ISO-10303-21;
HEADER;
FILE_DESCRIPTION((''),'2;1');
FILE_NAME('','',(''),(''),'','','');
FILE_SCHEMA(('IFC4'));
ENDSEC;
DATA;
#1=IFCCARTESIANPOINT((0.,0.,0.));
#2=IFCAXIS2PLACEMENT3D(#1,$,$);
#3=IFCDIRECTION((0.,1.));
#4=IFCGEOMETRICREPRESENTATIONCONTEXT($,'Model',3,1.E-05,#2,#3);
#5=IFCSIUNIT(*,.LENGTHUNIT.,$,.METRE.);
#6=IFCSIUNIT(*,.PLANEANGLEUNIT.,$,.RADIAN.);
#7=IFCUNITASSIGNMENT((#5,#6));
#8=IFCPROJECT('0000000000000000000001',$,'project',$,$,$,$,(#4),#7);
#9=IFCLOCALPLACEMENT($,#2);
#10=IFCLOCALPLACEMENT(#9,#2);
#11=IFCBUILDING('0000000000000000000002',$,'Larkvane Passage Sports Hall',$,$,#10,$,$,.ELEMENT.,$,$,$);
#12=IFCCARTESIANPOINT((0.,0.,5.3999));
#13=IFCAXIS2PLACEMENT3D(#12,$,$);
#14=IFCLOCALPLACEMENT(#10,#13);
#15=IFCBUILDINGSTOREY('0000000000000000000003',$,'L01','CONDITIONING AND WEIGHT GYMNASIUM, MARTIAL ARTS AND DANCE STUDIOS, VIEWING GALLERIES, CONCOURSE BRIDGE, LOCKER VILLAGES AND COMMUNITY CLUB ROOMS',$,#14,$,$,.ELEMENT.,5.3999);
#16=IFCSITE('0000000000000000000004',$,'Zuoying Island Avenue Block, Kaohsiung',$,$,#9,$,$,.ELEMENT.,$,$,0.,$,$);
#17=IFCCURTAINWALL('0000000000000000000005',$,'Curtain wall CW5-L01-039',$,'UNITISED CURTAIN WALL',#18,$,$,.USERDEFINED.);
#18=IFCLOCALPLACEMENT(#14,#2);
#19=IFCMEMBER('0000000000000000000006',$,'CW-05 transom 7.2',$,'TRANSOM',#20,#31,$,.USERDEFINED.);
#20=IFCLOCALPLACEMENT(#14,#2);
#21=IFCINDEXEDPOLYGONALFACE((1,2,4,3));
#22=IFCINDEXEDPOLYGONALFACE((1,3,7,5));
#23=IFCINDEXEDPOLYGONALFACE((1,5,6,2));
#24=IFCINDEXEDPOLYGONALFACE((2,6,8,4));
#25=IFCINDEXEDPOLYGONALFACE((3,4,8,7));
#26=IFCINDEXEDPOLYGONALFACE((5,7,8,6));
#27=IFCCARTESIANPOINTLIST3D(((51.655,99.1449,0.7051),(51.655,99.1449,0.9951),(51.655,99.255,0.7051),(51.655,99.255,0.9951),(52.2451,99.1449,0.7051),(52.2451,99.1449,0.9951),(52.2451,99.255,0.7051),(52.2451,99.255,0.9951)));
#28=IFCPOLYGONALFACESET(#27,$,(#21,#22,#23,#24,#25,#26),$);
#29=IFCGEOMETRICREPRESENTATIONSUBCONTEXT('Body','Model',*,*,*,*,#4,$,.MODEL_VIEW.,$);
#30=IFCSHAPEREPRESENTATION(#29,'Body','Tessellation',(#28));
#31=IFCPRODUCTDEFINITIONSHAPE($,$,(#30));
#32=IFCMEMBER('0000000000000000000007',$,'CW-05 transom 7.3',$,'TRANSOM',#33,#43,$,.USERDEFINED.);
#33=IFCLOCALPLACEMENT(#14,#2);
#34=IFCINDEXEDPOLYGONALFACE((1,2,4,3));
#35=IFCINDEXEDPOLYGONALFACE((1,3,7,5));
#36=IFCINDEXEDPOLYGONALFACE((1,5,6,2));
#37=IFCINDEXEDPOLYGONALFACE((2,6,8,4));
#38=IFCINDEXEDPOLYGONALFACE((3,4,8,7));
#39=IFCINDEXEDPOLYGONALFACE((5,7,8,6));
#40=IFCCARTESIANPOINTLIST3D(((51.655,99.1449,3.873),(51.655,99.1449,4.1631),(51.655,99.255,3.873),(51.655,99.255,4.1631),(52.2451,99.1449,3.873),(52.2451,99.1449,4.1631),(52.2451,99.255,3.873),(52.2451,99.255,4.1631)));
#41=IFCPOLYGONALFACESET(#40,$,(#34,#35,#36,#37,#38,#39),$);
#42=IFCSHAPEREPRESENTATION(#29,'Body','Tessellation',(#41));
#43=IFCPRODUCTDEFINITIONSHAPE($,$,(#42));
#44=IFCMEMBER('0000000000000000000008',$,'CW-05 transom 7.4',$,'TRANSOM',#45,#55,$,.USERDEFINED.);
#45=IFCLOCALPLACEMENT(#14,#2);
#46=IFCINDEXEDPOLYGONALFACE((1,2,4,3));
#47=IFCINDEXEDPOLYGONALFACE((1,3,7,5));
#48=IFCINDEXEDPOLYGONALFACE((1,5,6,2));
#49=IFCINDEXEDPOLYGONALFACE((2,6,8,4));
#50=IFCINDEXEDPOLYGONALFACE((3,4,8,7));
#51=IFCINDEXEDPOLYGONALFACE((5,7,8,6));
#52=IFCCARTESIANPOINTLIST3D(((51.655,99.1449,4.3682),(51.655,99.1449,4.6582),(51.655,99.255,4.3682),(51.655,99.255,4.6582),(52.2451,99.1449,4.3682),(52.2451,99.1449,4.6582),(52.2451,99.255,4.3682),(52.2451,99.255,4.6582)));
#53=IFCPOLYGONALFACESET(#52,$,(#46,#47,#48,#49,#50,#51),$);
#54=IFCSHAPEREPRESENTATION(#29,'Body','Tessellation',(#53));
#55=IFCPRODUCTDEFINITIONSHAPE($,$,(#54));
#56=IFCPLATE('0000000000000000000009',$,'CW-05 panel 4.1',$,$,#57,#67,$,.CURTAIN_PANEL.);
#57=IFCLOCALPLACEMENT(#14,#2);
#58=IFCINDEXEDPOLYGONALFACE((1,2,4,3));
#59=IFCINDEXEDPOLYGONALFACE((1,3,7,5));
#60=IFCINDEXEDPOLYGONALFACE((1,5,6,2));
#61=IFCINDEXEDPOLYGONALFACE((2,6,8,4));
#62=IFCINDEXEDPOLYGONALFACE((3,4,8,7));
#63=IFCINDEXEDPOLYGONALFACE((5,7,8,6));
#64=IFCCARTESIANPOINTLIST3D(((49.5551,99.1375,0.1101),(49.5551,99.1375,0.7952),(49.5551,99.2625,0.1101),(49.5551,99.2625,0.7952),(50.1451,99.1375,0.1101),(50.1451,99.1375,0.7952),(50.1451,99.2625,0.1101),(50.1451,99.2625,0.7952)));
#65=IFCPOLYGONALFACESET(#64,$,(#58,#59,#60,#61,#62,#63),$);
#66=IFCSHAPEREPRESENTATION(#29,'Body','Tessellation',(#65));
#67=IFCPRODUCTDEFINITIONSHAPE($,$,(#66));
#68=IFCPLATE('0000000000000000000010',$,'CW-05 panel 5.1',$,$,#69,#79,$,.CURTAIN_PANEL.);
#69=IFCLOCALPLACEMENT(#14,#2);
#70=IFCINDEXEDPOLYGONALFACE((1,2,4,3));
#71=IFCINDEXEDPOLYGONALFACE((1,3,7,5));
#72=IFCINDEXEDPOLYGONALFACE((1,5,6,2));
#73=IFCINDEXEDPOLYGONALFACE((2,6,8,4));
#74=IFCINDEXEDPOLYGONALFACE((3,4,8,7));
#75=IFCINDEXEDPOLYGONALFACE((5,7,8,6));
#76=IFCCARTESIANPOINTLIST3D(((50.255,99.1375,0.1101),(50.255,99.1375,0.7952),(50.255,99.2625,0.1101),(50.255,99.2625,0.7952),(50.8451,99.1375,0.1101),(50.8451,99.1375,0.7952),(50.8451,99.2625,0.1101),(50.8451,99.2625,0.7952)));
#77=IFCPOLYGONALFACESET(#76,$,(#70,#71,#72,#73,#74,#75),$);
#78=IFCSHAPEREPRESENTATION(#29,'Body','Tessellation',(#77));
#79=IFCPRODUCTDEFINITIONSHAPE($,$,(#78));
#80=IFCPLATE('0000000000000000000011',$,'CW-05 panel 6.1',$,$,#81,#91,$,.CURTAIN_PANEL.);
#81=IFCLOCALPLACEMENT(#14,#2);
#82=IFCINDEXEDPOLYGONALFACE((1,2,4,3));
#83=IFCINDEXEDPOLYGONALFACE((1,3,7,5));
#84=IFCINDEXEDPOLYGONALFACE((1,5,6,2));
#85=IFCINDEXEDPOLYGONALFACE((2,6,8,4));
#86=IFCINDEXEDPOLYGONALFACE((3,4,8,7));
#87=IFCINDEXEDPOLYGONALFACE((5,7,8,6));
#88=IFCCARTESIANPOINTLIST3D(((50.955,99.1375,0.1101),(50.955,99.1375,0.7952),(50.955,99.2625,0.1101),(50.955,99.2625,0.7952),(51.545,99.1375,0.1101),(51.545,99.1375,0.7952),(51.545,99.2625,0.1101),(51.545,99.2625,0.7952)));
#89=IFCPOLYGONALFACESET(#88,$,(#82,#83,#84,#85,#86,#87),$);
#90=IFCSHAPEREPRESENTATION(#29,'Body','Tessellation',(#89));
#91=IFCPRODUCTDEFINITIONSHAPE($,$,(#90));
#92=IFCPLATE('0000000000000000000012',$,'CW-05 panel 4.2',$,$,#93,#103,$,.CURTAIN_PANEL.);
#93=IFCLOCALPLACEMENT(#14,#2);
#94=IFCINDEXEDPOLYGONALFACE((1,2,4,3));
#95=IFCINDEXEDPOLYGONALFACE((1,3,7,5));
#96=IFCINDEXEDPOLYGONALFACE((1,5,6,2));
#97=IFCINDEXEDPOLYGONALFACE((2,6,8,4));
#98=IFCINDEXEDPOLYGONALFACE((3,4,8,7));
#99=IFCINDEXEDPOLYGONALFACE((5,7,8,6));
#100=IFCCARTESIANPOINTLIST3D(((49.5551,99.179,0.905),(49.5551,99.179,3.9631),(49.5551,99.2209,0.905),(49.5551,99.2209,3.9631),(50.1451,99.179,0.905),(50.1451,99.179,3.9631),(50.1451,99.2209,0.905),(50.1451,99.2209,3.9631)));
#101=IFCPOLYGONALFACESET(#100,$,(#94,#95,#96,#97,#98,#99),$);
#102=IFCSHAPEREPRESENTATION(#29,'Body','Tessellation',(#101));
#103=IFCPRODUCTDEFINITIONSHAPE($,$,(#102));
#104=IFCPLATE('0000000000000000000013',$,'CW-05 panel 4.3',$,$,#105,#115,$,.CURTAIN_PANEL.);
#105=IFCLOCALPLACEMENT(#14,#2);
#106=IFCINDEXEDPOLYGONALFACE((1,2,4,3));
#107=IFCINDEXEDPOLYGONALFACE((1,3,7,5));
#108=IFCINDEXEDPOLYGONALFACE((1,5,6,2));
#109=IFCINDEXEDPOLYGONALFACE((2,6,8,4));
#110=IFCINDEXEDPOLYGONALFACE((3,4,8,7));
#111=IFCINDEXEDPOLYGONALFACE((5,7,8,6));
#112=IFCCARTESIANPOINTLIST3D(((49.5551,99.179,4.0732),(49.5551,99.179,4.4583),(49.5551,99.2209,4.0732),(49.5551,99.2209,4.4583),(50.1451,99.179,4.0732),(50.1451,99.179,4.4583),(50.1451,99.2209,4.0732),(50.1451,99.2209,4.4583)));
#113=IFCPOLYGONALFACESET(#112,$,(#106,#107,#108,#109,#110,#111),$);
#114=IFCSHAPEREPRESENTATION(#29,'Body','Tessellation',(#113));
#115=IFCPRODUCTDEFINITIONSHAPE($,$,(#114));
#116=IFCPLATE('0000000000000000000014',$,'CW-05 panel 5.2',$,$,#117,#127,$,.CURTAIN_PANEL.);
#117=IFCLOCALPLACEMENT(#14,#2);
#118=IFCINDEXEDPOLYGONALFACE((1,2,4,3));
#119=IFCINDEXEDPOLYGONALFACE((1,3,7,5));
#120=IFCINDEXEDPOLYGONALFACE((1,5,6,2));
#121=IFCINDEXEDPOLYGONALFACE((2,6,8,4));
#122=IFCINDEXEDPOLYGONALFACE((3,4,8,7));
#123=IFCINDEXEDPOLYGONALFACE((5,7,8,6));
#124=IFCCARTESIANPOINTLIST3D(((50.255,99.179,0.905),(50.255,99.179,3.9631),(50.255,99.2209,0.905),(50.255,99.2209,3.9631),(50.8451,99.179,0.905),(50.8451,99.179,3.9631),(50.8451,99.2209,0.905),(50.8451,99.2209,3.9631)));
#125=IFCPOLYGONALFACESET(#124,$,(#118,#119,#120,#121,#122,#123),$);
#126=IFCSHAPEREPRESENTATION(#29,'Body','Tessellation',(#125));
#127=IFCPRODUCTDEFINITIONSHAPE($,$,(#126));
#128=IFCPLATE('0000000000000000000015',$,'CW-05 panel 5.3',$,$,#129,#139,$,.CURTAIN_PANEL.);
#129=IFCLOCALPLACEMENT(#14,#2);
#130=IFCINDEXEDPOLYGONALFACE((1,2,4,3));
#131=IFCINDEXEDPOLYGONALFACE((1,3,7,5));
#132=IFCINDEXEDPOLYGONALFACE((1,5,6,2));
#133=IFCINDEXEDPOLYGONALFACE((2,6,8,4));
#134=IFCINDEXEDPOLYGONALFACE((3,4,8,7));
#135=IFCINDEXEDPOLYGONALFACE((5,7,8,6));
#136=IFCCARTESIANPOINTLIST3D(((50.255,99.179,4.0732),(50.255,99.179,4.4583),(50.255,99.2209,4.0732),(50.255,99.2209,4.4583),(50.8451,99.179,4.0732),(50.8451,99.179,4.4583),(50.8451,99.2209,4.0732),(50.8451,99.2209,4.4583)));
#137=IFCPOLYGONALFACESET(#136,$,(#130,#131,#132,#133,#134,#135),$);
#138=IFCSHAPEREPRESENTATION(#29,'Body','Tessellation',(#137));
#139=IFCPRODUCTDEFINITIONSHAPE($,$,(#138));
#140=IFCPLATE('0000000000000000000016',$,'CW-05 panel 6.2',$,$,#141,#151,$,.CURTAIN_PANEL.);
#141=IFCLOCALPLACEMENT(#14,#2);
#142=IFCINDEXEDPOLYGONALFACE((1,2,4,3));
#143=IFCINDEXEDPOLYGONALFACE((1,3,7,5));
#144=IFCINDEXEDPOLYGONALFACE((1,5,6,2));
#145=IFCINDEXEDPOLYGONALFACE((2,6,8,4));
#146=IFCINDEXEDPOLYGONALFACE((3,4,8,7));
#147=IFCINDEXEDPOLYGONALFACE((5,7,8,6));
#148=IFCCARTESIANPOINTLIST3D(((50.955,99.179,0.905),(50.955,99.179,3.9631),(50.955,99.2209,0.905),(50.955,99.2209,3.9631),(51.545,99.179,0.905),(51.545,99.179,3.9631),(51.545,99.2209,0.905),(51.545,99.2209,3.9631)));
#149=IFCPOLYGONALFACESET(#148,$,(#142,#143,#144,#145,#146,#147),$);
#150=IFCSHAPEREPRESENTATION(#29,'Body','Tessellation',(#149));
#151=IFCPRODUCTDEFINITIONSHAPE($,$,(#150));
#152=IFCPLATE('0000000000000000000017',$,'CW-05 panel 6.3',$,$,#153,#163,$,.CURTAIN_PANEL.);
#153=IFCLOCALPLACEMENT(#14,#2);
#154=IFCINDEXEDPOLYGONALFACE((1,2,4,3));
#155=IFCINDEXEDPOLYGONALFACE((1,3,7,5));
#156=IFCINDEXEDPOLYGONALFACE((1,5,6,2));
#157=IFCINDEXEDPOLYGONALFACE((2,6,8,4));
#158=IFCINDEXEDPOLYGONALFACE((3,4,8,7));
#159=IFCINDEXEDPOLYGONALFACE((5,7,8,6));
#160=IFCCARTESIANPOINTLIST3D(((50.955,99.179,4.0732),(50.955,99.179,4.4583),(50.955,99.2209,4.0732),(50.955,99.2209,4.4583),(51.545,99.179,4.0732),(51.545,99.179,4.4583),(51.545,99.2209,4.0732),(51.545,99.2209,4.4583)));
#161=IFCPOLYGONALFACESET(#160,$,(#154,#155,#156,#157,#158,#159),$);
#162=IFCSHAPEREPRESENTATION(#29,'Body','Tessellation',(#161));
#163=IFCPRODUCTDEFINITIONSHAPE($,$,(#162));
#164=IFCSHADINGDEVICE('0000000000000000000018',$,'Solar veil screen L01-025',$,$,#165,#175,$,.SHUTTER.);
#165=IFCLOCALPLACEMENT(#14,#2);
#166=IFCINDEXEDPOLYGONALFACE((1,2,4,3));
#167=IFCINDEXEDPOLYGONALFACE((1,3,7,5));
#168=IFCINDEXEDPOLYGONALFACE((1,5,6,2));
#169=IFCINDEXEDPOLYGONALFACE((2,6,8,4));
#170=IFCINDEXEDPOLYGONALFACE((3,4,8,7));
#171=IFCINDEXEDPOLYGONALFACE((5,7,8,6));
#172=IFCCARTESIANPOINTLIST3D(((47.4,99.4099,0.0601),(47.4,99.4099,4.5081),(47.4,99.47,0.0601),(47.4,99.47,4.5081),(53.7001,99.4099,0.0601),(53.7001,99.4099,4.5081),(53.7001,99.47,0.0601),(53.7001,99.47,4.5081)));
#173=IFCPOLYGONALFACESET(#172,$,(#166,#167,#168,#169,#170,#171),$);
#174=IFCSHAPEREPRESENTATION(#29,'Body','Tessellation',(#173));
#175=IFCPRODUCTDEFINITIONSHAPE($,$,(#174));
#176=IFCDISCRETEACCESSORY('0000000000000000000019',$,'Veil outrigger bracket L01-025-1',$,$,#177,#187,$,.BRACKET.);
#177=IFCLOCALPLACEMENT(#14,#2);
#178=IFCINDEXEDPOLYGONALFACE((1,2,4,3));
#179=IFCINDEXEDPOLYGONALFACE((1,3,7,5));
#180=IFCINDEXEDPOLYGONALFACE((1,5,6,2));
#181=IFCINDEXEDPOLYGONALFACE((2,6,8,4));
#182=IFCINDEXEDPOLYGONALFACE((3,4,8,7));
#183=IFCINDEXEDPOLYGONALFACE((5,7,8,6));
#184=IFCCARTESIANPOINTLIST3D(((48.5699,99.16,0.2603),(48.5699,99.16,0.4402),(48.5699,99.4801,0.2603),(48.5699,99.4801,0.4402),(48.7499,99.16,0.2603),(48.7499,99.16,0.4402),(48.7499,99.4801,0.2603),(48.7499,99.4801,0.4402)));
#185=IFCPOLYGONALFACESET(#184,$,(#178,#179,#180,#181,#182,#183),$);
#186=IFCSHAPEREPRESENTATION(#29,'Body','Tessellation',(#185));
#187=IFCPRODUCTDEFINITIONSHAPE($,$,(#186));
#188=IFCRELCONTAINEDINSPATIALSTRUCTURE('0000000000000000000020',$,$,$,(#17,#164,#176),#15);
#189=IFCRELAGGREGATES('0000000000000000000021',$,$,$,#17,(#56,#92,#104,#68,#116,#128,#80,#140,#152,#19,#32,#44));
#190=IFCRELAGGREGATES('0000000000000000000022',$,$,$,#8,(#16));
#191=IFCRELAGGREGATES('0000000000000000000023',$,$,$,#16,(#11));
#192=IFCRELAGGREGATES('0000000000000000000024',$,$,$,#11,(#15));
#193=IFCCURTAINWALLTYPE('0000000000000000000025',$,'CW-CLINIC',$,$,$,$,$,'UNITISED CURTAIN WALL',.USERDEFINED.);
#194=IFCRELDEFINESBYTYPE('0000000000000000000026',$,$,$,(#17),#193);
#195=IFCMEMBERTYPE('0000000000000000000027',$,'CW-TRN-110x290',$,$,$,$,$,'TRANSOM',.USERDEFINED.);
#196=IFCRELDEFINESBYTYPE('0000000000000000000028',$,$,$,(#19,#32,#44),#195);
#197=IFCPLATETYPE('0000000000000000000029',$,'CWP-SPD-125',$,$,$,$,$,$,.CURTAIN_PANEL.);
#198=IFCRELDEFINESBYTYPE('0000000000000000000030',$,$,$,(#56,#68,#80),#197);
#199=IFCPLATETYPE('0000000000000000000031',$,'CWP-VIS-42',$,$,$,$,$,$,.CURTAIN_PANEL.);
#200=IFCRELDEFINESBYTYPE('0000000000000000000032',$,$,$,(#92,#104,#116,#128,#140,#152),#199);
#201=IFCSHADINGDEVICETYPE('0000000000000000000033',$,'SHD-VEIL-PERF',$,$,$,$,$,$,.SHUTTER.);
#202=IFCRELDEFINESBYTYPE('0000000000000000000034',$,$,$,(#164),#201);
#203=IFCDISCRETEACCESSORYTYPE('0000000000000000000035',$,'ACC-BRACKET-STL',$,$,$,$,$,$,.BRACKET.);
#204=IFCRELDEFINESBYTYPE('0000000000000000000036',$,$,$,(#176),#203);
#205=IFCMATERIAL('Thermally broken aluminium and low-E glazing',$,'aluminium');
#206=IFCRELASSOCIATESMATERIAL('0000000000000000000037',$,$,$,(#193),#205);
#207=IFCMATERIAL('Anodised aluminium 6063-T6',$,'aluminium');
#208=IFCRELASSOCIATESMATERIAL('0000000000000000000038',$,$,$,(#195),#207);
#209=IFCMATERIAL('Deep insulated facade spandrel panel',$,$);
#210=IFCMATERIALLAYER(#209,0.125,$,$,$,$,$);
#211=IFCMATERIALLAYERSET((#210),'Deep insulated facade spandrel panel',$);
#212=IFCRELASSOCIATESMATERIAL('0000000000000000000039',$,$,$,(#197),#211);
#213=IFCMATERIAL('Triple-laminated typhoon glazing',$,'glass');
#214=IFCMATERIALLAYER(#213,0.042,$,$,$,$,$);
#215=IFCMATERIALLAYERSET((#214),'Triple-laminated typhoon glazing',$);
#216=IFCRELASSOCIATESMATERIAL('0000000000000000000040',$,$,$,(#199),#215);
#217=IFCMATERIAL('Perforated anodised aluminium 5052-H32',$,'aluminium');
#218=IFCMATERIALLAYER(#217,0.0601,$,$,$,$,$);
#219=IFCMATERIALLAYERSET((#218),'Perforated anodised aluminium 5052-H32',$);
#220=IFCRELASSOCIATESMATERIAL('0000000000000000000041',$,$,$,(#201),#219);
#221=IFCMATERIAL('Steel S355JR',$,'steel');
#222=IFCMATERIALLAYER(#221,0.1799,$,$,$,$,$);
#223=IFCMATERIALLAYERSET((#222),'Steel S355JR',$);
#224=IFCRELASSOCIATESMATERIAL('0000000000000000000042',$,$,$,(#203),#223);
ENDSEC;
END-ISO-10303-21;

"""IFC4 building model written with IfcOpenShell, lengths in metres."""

from ifc_helpers import new_model, si_unit, direction, frame, origin, origin_2d, place, context, subcontext, project, spatial, rectangle, extrude, material, layer, layer_set, material_profile, profile_set, type_object, element, aggregate, save


model = new_model("IFC4")

# Units and contexts
model_context = context("Model", 3, precision=1e-05, world=origin(), true_north=direction((0.0, 1.0)))
body_context = subcontext(model_context, "Body", "Model", "MODEL_VIEW")
ifc_project = project(units=[si_unit("LENGTHUNIT", "METRE"), si_unit("PLANEANGLEUNIT", "RADIAN")], contexts=[model_context])

# Site, building, storey
site_placement = place(None, origin())
site = spatial("IfcSite", under=ifc_project, at=site_placement, Name="Zuoying Island Avenue Block, Kaohsiung", CompositionType="ELEMENT", RefElevation=0.0)
building_placement = place(site_placement, origin())
building = spatial("IfcBuilding", under=site, at=building_placement, Name="Larkvane Passage Sports Hall", CompositionType="ELEMENT")
storey_placement = place(building_placement, frame((0.0, 0.0, 5.3999)))
storey = spatial("IfcBuildingStorey", under=building, at=storey_placement, Name="L01", Description="CONDITIONING AND WEIGHT GYMNASIUM, MARTIAL ARTS AND DANCE STUDIOS, VIEWING GALLERIES, CONCOURSE BRIDGE, LOCKER VILLAGES AND COMMUNITY CLUB ROOMS", CompositionType="ELEMENT", Elevation=5.3999)

# Curtain wall, members, plates
ifc_material_1 = material(Name="Thermally broken aluminium and low-E glazing", Category="aluminium")
curtain_wall_type = type_object("IfcCurtainWallType", Name="CW-CLINIC", ElementType="UNITISED CURTAIN WALL", PredefinedType="USERDEFINED", material=ifc_material_1)
curtain_wall_placement = place(storey_placement, origin())
curtain_wall = element("IfcCurtainWall", 1, at=curtain_wall_placement, inside=storey, type_object=curtain_wall_type, Name="Curtain wall CW5-L01-039", ObjectType="UNITISED CURTAIN WALL", PredefinedType="USERDEFINED")
ifc_material_2 = material(Name="Anodised aluminium 6063-T6", Category="aluminium")
ifc_material_profile_1 = material_profile(ifc_material_2, rectangle(XDim=0.1101, YDim=0.29, at=origin_2d()), Name="ALU-TRN-110x290")
ifc_profile_set_1 = profile_set([ifc_material_profile_1], Name="Anodised aluminium 6063-T6")
member_type_1 = type_object("IfcMemberType", Name="CW-TRN-110x290", ElementType="TRANSOM", PredefinedType="USERDEFINED", material=ifc_profile_set_1)
member_1_placement = place(storey_placement, frame((51.655, 99.2, 0.8501), z_axis=(1.0, 0.0, 0.0), x_axis=(0.0, 1.0, 0.0)))
member_1 = element("IfcMember", 2, at=member_1_placement, type_object=member_type_1, Name="CW-05 transom 7.2", ObjectType="TRANSOM", PredefinedType="USERDEFINED", context=body_context, shape_type="SweptSolid", body=[
    extrude(rectangle(XDim=0.1101, YDim=0.29, at=origin_2d()), origin(), (0.0, 0.0, 1.0), 0.5901),
])
member_2_placement = place(storey_placement, frame((51.655, 99.2, 4.0181), z_axis=(1.0, 0.0, 0.0), x_axis=(0.0, 1.0, 0.0)))
member_2 = element("IfcMember", 3, at=member_2_placement, type_object=member_type_1, Name="CW-05 transom 7.3", ObjectType="TRANSOM", PredefinedType="USERDEFINED", context=body_context, shape_type="SweptSolid", body=[
    extrude(rectangle(XDim=0.1101, YDim=0.29, at=origin_2d()), origin(), (0.0, 0.0, 1.0), 0.5901),
])
member_3_placement = place(storey_placement, frame((51.655, 99.2, 4.5132), z_axis=(1.0, 0.0, 0.0), x_axis=(0.0, 1.0, 0.0)))
member_3 = element("IfcMember", 4, at=member_3_placement, type_object=member_type_1, Name="CW-05 transom 7.4", ObjectType="TRANSOM", PredefinedType="USERDEFINED", context=body_context, shape_type="SweptSolid", body=[
    extrude(rectangle(XDim=0.1101, YDim=0.29, at=origin_2d()), origin(), (0.0, 0.0, 1.0), 0.5901),
])
ifc_material_3 = material(Name="Deep insulated facade spandrel panel")
ifc_layer_1 = layer(ifc_material_3, 0.125)
ifc_layer_set_1 = layer_set([ifc_layer_1], Name="Deep insulated facade spandrel panel")
plate_type_1 = type_object("IfcPlateType", Name="CWP-SPD-125", PredefinedType="CURTAIN_PANEL", material=ifc_layer_set_1)
plate_1_placement = place(storey_placement, frame((49.8501, 99.2, 0.1101), z_axis=(0.0, 0.0, 1.0), x_axis=(1.0, 0.0, 0.0)))
plate_1 = element("IfcPlate", 5, at=plate_1_placement, type_object=plate_type_1, Name="CW-05 panel 4.1", PredefinedType="CURTAIN_PANEL", context=body_context, shape_type="SweptSolid", body=[
    extrude(rectangle(XDim=0.5901, YDim=0.125, at=origin_2d()), origin(), (0.0, 0.0, 1.0), 0.6851),
])
plate_2_placement = place(storey_placement, frame((50.55, 99.2, 0.1101), z_axis=(0.0, 0.0, 1.0), x_axis=(1.0, 0.0, 0.0)))
plate_2 = element("IfcPlate", 6, at=plate_2_placement, type_object=plate_type_1, Name="CW-05 panel 5.1", PredefinedType="CURTAIN_PANEL", context=body_context, shape_type="SweptSolid", body=[
    extrude(rectangle(XDim=0.5901, YDim=0.125, at=origin_2d()), origin(), (0.0, 0.0, 1.0), 0.6851),
])
plate_3_placement = place(storey_placement, frame((51.25, 99.2, 0.1101), z_axis=(0.0, 0.0, 1.0), x_axis=(1.0, 0.0, 0.0)))
plate_3 = element("IfcPlate", 7, at=plate_3_placement, type_object=plate_type_1, Name="CW-05 panel 6.1", PredefinedType="CURTAIN_PANEL", context=body_context, shape_type="SweptSolid", body=[
    extrude(rectangle(XDim=0.5901, YDim=0.125, at=origin_2d()), origin(), (0.0, 0.0, 1.0), 0.6851),
])
ifc_material_4 = material(Name="Triple-laminated typhoon glazing", Category="glass")
ifc_layer_2 = layer(ifc_material_4, 0.042)
ifc_layer_set_2 = layer_set([ifc_layer_2], Name="Triple-laminated typhoon glazing")
plate_type_2 = type_object("IfcPlateType", Name="CWP-VIS-42", PredefinedType="CURTAIN_PANEL", material=ifc_layer_set_2)
plate_4_placement = place(storey_placement, frame((49.8501, 99.2, 0.905), z_axis=(0.0, 0.0, 1.0), x_axis=(1.0, 0.0, 0.0)))
plate_4 = element("IfcPlate", 8, at=plate_4_placement, type_object=plate_type_2, Name="CW-05 panel 4.2", PredefinedType="CURTAIN_PANEL", context=body_context, shape_type="SweptSolid", body=[
    extrude(rectangle(XDim=0.5901, YDim=0.042, at=origin_2d()), origin(), (0.0, 0.0, 1.0), 3.0581),
])
plate_5_placement = place(storey_placement, frame((49.8501, 99.2, 4.0732), z_axis=(0.0, 0.0, 1.0), x_axis=(1.0, 0.0, 0.0)))
plate_5 = element("IfcPlate", 9, at=plate_5_placement, type_object=plate_type_2, Name="CW-05 panel 4.3", PredefinedType="CURTAIN_PANEL", context=body_context, shape_type="SweptSolid", body=[
    extrude(rectangle(XDim=0.5901, YDim=0.042, at=origin_2d()), origin(), (0.0, 0.0, 1.0), 0.385),
])
plate_6_placement = place(storey_placement, frame((50.55, 99.2, 0.905), z_axis=(0.0, 0.0, 1.0), x_axis=(1.0, 0.0, 0.0)))
plate_6 = element("IfcPlate", 10, at=plate_6_placement, type_object=plate_type_2, Name="CW-05 panel 5.2", PredefinedType="CURTAIN_PANEL", context=body_context, shape_type="SweptSolid", body=[
    extrude(rectangle(XDim=0.5901, YDim=0.042, at=origin_2d()), origin(), (0.0, 0.0, 1.0), 3.0581),
])
plate_7_placement = place(storey_placement, frame((50.55, 99.2, 4.0732), z_axis=(0.0, 0.0, 1.0), x_axis=(1.0, 0.0, 0.0)))
plate_7 = element("IfcPlate", 11, at=plate_7_placement, type_object=plate_type_2, Name="CW-05 panel 5.3", PredefinedType="CURTAIN_PANEL", context=body_context, shape_type="SweptSolid", body=[
    extrude(rectangle(XDim=0.5901, YDim=0.042, at=origin_2d()), origin(), (0.0, 0.0, 1.0), 0.385),
])
plate_8_placement = place(storey_placement, frame((51.25, 99.2, 0.905), z_axis=(0.0, 0.0, 1.0), x_axis=(1.0, 0.0, 0.0)))
plate_8 = element("IfcPlate", 12, at=plate_8_placement, type_object=plate_type_2, Name="CW-05 panel 6.2", PredefinedType="CURTAIN_PANEL", context=body_context, shape_type="SweptSolid", body=[
    extrude(rectangle(XDim=0.5901, YDim=0.042, at=origin_2d()), origin(), (0.0, 0.0, 1.0), 3.0581),
])
plate_9_placement = place(storey_placement, frame((51.25, 99.2, 4.0732), z_axis=(0.0, 0.0, 1.0), x_axis=(1.0, 0.0, 0.0)))
plate_9 = element("IfcPlate", 13, at=plate_9_placement, type_object=plate_type_2, Name="CW-05 panel 6.3", PredefinedType="CURTAIN_PANEL", context=body_context, shape_type="SweptSolid", body=[
    extrude(rectangle(XDim=0.5901, YDim=0.042, at=origin_2d()), origin(), (0.0, 0.0, 1.0), 0.385),
])
aggregate(curtain_wall, [plate_1, plate_4, plate_5, plate_2, plate_6, plate_7, plate_3, plate_8, plate_9, member_1, member_2, member_3])

# Shading device
ifc_material_5 = material(Name="Perforated anodised aluminium 5052-H32", Category="aluminium")
ifc_layer_3 = layer(ifc_material_5, 0.0601)
ifc_layer_set_3 = layer_set([ifc_layer_3], Name="Perforated anodised aluminium 5052-H32")
shading_device_type = type_object("IfcShadingDeviceType", Name="SHD-VEIL-PERF", PredefinedType="SHUTTER", material=ifc_layer_set_3)
shading_device_placement = place(storey_placement, frame((50.55, 99.4399, 0.0601), z_axis=(0.0, 0.0, 1.0), x_axis=(1.0, 0.0, 0.0)))
element("IfcShadingDevice", 14, at=shading_device_placement, inside=storey, type_object=shading_device_type, Name="Solar veil screen L01-025", PredefinedType="SHUTTER", context=body_context, shape_type="SweptSolid", body=[
    extrude(rectangle(XDim=6.3, YDim=0.0601, at=origin_2d()), origin(), (0.0, 0.0, 1.0), 4.448),
])

# Discrete accessory
ifc_material_6 = material(Name="Steel S355JR", Category="steel")
ifc_layer_4 = layer(ifc_material_6, 0.1799)
ifc_layer_set_4 = layer_set([ifc_layer_4], Name="Steel S355JR")
discrete_accessory_type = type_object("IfcDiscreteAccessoryType", Name="ACC-BRACKET-STL", PredefinedType="BRACKET", material=ifc_layer_set_4)
discrete_accessory_placement = place(storey_placement, frame((48.6599, 99.3201, 0.2603), z_axis=(0.0, 0.0, 1.0), x_axis=(1.0, 0.0, 0.0)))
element("IfcDiscreteAccessory", 15, at=discrete_accessory_placement, inside=storey, type_object=discrete_accessory_type, Name="Veil outrigger bracket L01-025-1", PredefinedType="BRACKET", context=body_context, shape_type="SweptSolid", body=[
    extrude(rectangle(XDim=0.1799, YDim=0.3201, at=origin_2d()), origin(), (0.0, 0.0, 1.0), 0.1799),
])

save(model, "model.ifc")
